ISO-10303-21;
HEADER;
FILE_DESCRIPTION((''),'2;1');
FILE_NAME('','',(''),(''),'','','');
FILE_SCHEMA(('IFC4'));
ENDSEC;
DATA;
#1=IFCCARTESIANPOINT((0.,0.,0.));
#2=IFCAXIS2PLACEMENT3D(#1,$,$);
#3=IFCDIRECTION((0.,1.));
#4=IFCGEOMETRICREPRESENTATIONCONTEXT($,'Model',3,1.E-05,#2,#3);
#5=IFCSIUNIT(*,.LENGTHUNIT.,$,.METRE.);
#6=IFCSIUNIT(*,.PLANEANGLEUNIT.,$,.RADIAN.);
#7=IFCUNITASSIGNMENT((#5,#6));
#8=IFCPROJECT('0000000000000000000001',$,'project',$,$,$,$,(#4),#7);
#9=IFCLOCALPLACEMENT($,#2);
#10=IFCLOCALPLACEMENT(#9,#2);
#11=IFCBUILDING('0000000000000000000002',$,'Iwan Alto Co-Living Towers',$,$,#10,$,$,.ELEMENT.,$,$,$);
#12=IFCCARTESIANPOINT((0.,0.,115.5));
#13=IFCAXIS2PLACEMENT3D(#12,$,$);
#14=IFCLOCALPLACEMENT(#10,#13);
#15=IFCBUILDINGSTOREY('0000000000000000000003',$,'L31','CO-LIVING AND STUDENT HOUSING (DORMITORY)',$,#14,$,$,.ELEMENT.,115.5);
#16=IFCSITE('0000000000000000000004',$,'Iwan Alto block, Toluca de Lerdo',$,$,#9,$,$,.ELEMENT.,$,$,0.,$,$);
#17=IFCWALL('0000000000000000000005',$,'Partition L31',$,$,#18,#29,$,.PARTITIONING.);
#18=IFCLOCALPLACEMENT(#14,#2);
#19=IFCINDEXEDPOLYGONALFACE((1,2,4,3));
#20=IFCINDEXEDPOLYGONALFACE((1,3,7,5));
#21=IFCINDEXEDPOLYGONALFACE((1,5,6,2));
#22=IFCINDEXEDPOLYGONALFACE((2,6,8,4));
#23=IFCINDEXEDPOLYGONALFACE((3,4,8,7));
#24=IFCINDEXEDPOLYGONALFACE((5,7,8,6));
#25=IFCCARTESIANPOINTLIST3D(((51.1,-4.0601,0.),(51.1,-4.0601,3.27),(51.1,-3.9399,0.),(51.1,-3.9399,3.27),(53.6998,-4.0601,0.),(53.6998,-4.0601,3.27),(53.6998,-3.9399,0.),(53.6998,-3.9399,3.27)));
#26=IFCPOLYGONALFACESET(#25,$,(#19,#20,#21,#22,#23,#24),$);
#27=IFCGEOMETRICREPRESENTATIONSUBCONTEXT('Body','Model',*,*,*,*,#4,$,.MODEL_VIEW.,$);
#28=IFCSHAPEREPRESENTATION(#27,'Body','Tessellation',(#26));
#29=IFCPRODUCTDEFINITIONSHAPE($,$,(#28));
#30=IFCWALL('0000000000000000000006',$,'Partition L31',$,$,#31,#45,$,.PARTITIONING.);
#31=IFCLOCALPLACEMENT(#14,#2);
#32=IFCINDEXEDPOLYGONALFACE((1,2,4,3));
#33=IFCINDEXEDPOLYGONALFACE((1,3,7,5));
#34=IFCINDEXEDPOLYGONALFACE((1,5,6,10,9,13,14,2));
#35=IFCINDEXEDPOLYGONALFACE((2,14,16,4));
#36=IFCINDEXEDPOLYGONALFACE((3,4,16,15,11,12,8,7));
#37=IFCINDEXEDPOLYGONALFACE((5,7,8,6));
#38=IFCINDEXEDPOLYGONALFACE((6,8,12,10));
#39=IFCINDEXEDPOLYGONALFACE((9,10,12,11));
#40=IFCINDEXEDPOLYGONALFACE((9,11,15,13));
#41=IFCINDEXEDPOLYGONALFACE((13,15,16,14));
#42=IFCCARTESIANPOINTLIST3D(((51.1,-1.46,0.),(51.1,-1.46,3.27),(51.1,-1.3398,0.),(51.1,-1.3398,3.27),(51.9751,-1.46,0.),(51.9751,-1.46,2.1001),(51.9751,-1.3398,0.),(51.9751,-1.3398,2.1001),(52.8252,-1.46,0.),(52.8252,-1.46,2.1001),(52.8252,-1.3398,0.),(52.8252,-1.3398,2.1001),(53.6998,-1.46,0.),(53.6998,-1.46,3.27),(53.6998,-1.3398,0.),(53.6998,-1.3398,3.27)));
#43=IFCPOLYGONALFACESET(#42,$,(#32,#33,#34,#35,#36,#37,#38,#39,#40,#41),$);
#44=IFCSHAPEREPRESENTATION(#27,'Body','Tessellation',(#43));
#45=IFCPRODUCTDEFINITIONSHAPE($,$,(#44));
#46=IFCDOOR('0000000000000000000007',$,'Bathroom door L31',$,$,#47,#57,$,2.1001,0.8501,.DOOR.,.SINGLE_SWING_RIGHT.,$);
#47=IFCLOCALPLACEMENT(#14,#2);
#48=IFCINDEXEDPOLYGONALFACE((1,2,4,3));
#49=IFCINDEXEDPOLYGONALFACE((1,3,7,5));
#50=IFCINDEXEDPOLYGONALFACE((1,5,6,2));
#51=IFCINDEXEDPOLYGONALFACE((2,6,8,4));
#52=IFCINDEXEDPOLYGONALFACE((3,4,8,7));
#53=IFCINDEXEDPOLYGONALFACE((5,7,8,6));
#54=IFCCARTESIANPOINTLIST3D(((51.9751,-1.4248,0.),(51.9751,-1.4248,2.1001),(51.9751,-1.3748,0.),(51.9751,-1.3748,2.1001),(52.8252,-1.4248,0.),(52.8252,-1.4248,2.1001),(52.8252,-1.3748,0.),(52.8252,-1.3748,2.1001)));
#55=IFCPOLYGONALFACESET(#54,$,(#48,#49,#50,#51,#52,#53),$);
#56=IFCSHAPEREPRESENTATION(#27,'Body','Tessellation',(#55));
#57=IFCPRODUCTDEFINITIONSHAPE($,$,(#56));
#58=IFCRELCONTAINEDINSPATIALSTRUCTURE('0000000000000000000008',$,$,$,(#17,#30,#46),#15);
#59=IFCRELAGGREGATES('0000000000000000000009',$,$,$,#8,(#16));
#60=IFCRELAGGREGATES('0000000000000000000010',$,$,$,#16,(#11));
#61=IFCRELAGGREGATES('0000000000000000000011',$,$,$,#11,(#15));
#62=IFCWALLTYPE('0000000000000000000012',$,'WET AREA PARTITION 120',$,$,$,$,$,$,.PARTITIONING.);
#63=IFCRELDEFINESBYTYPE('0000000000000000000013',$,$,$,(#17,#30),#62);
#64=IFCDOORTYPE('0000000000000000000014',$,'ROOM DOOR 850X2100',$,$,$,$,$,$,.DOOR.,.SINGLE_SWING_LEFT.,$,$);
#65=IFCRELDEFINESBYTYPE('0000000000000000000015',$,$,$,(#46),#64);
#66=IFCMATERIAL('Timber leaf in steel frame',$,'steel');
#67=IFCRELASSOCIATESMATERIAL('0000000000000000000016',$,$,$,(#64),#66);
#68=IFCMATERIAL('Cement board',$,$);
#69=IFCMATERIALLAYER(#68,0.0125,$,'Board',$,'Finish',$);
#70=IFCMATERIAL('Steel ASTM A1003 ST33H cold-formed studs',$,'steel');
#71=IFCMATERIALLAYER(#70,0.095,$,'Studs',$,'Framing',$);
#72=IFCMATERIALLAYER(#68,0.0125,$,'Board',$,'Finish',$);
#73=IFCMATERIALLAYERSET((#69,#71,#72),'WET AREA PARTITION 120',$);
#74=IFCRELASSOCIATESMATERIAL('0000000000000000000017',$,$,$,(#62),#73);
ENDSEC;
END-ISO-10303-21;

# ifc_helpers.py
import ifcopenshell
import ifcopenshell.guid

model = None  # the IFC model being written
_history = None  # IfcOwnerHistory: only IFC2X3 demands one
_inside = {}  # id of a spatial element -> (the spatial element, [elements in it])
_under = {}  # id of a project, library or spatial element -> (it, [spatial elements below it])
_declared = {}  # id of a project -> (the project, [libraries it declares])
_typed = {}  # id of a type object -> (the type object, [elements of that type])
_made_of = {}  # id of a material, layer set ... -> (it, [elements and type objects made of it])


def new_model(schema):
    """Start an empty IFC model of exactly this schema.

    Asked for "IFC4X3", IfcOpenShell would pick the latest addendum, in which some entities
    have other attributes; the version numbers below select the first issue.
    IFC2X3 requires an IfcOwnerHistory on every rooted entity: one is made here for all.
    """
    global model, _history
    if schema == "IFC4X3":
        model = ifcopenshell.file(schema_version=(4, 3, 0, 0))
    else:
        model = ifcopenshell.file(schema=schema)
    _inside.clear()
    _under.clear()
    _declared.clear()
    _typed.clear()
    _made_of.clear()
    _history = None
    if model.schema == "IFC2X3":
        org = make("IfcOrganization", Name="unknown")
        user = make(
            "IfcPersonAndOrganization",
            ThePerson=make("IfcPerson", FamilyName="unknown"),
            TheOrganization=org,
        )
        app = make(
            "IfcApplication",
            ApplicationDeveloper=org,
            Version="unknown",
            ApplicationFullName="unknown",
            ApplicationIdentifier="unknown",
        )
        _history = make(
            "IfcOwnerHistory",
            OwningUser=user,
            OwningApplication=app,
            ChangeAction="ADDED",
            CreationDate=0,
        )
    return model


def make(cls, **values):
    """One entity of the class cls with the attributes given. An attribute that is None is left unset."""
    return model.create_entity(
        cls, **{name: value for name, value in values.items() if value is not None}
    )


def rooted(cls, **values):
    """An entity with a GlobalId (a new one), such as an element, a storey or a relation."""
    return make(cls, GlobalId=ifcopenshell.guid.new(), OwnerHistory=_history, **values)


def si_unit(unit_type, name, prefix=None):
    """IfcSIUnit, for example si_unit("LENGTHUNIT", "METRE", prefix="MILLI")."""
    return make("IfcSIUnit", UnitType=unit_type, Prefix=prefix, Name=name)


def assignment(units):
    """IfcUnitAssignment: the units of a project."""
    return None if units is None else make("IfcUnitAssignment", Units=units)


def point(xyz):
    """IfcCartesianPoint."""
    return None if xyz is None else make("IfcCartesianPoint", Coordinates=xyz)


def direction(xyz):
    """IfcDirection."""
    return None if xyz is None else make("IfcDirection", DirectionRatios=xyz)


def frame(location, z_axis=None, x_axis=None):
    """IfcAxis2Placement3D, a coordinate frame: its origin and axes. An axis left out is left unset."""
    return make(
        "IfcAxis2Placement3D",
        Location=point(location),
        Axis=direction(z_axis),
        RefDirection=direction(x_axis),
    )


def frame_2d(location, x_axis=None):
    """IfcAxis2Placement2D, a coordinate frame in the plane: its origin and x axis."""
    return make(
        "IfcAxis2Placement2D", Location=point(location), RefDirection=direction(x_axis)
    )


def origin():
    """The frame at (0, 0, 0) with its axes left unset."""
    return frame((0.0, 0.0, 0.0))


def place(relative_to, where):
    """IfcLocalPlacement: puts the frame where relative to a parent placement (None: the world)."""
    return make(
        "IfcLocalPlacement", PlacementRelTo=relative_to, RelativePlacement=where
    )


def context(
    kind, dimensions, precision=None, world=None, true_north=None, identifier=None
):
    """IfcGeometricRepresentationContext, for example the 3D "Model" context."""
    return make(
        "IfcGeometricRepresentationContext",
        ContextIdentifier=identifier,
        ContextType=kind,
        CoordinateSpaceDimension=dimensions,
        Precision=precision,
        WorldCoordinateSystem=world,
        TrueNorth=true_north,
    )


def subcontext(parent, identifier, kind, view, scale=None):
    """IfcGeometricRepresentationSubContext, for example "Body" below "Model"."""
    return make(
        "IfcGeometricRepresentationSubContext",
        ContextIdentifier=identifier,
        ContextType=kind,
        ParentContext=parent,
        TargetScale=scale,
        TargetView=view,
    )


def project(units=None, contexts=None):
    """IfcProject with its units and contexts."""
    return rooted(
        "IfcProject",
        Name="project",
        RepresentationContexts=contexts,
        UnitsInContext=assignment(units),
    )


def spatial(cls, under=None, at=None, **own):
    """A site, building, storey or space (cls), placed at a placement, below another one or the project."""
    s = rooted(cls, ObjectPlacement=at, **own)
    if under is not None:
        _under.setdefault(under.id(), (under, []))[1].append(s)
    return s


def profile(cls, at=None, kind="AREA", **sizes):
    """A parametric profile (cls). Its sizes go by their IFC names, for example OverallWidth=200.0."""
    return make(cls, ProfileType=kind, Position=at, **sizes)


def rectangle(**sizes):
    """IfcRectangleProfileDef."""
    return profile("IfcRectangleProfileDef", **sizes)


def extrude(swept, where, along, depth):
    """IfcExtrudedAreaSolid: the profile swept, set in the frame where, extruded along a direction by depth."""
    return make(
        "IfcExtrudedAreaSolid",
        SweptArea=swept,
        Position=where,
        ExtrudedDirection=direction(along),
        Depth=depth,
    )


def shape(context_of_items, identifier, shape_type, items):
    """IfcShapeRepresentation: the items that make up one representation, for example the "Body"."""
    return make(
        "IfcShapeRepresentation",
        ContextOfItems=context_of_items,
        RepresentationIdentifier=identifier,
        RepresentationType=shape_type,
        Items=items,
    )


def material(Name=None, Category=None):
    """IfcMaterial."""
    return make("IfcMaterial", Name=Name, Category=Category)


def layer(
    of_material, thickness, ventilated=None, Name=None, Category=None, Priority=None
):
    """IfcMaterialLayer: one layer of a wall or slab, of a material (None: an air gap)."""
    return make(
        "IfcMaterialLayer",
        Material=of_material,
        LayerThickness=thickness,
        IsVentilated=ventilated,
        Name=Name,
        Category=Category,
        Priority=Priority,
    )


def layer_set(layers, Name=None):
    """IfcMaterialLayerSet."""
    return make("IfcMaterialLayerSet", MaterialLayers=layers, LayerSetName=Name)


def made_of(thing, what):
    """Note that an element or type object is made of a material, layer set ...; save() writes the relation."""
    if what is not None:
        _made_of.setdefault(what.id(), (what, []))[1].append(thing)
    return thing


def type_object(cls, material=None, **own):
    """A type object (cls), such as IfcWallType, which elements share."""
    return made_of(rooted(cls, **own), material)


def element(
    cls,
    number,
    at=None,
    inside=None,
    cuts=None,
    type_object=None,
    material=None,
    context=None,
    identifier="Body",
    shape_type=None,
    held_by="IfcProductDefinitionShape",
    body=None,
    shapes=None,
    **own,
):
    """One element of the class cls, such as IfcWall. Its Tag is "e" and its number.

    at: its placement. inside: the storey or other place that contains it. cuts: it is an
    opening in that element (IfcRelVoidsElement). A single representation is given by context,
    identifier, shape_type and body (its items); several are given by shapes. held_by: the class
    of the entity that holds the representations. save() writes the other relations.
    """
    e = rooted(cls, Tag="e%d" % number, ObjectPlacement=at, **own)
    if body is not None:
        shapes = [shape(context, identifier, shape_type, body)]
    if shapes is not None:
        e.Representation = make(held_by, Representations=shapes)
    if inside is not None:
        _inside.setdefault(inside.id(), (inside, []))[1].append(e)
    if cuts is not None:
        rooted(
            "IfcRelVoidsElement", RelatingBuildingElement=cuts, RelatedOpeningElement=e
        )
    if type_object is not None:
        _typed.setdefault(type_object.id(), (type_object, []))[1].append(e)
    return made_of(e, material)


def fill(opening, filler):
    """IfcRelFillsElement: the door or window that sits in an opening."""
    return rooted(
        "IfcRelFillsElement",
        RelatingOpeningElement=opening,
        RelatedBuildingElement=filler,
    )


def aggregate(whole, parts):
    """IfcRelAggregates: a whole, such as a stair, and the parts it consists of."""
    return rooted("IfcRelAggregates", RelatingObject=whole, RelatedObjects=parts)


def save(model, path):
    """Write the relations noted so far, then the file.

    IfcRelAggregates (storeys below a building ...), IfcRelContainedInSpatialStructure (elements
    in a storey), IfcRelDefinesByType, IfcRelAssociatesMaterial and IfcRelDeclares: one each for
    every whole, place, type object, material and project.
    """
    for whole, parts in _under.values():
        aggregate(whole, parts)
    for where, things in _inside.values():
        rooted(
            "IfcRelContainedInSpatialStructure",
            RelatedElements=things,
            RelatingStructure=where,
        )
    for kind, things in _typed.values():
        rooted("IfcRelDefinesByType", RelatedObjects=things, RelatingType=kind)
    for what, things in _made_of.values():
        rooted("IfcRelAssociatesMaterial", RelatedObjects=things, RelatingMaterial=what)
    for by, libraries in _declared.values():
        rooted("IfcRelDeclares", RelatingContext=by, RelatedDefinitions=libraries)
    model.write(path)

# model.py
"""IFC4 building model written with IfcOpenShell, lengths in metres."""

from ifc_helpers import new_model, si_unit, direction, frame, frame_2d, origin, place, context, subcontext, project, spatial, rectangle, extrude, material, layer, layer_set, type_object, element, fill, save


model = new_model("IFC4")

# Units and contexts
model_context = context("Model", 3, precision=1e-05, world=origin(), true_north=direction((0.0, 1.0)))
body_context = subcontext(model_context, "Body", "Model", "MODEL_VIEW")
ifc_project = project(units=[si_unit("LENGTHUNIT", "METRE"), si_unit("PLANEANGLEUNIT", "RADIAN")], contexts=[model_context])

# Site, building, storey
site_placement = place(None, origin())
site = spatial("IfcSite", under=ifc_project, at=site_placement, Name="Iwan Alto block, Toluca de Lerdo", CompositionType="ELEMENT", RefElevation=0.0)
building_placement = place(site_placement, origin())
building = spatial("IfcBuilding", under=site, at=building_placement, Name="Iwan Alto Co-Living Towers", CompositionType="ELEMENT")
storey_placement = place(building_placement, frame((0.0, 0.0, 115.5)))
storey = spatial("IfcBuildingStorey", under=building, at=storey_placement, Name="L31", Description="CO-LIVING AND STUDENT HOUSING (DORMITORY)", CompositionType="ELEMENT", Elevation=115.5)

# Shared definitions
ifc_material_1 = material(Name="Steel ASTM A1003 ST33H cold-formed studs", Category="steel")

# Shared definitions
ifc_material_2 = material(Name="Timber leaf in steel frame", Category="steel")
door_type_1 = type_object("IfcDoorType", Name="ROOM DOOR 850X2100", OperationType="SINGLE_SWING_LEFT", PredefinedType="DOOR", material=ifc_material_2)

# Wall
ifc_material_3 = material(Name="Cement board")
ifc_layer_1 = layer(ifc_material_3, 0.0125, Name="Board", Category="Finish")
ifc_layer_2 = layer(ifc_material_1, 0.095, Name="Studs", Category="Framing")
ifc_layer_3 = layer(ifc_material_3, 0.0125, Name="Board", Category="Finish")
ifc_layer_set_1 = layer_set([ifc_layer_1, ifc_layer_2, ifc_layer_3], Name="WET AREA PARTITION 120")
wall_type_1 = type_object("IfcWallType", Name="WET AREA PARTITION 120", PredefinedType="PARTITIONING", material=ifc_layer_set_1)
wall_1_placement = place(storey_placement, frame((51.1001, -4.0, 0.0), z_axis=(0.0, 0.0, 1.0), x_axis=(1.0, 0.0, 0.0)))
element("IfcWall", 1, at=wall_1_placement, inside=storey, type_object=wall_type_1, Name="Partition L31", PredefinedType="PARTITIONING", context=body_context, shape_type="SweptSolid", body=[
    extrude(rectangle(XDim=2.5999, YDim=0.1201, at=frame_2d((1.2998, 0.0))), origin(), (0.0, 0.0, 1.0), 3.27),
])

# Wall, opening, door
wall_2_placement = place(storey_placement, frame((51.1001, -1.3999, 0.0), z_axis=(0.0, 0.0, 1.0), x_axis=(1.0, 0.0, 0.0)))
wall_2 = element("IfcWall", 2, at=wall_2_placement, inside=storey, type_object=wall_type_1, Name="Partition L31", PredefinedType="PARTITIONING", context=body_context, shape_type="SweptSolid", body=[
    extrude(rectangle(XDim=2.5999, YDim=0.1201, at=frame_2d((1.2998, 0.0))), origin(), (0.0, 0.0, 1.0), 3.27),
])
opening_1_placement = place(wall_2_placement, frame((0.875, 0.0, 0.0)))
opening_1 = element("IfcOpeningElement", 3, at=opening_1_placement, cuts=wall_2, PredefinedType="OPENING", context=body_context, shape_type="SweptSolid", body=[
    extrude(rectangle(XDim=0.8501, YDim=2.1001, at=frame_2d((0.425, 1.05))), frame((0.0, 0.0701, 0.0), z_axis=(0.0, -1.0, 0.0), x_axis=(1.0, 0.0, 0.0)), (0.0, 0.0, 1.0), 0.1401),
])
door_1_placement = place(opening_1_placement, frame((0.8501, 0.0, 0.0), z_axis=(0.0, 0.0, 1.0), x_axis=(-1.0, 0.0, 0.0)))
door_1 = element("IfcDoor", 4, at=door_1_placement, inside=storey, type_object=door_type_1, Name="Bathroom door L31", OperationType="SINGLE_SWING_RIGHT", OverallHeight=2.1001, OverallWidth=0.8501, PredefinedType="DOOR", context=body_context, shape_type="SweptSolid", body=[
    extrude(rectangle(XDim=0.8501, YDim=2.1001, at=frame_2d((0.425, 1.05))), frame((0.0, 0.0249, 0.0), z_axis=(0.0, -1.0, 0.0), x_axis=(1.0, 0.0, 0.0)), (0.0, 0.0, 1.0), 0.05),
])
fill(opening_1, door_1)

save(model, "model.ifc")
